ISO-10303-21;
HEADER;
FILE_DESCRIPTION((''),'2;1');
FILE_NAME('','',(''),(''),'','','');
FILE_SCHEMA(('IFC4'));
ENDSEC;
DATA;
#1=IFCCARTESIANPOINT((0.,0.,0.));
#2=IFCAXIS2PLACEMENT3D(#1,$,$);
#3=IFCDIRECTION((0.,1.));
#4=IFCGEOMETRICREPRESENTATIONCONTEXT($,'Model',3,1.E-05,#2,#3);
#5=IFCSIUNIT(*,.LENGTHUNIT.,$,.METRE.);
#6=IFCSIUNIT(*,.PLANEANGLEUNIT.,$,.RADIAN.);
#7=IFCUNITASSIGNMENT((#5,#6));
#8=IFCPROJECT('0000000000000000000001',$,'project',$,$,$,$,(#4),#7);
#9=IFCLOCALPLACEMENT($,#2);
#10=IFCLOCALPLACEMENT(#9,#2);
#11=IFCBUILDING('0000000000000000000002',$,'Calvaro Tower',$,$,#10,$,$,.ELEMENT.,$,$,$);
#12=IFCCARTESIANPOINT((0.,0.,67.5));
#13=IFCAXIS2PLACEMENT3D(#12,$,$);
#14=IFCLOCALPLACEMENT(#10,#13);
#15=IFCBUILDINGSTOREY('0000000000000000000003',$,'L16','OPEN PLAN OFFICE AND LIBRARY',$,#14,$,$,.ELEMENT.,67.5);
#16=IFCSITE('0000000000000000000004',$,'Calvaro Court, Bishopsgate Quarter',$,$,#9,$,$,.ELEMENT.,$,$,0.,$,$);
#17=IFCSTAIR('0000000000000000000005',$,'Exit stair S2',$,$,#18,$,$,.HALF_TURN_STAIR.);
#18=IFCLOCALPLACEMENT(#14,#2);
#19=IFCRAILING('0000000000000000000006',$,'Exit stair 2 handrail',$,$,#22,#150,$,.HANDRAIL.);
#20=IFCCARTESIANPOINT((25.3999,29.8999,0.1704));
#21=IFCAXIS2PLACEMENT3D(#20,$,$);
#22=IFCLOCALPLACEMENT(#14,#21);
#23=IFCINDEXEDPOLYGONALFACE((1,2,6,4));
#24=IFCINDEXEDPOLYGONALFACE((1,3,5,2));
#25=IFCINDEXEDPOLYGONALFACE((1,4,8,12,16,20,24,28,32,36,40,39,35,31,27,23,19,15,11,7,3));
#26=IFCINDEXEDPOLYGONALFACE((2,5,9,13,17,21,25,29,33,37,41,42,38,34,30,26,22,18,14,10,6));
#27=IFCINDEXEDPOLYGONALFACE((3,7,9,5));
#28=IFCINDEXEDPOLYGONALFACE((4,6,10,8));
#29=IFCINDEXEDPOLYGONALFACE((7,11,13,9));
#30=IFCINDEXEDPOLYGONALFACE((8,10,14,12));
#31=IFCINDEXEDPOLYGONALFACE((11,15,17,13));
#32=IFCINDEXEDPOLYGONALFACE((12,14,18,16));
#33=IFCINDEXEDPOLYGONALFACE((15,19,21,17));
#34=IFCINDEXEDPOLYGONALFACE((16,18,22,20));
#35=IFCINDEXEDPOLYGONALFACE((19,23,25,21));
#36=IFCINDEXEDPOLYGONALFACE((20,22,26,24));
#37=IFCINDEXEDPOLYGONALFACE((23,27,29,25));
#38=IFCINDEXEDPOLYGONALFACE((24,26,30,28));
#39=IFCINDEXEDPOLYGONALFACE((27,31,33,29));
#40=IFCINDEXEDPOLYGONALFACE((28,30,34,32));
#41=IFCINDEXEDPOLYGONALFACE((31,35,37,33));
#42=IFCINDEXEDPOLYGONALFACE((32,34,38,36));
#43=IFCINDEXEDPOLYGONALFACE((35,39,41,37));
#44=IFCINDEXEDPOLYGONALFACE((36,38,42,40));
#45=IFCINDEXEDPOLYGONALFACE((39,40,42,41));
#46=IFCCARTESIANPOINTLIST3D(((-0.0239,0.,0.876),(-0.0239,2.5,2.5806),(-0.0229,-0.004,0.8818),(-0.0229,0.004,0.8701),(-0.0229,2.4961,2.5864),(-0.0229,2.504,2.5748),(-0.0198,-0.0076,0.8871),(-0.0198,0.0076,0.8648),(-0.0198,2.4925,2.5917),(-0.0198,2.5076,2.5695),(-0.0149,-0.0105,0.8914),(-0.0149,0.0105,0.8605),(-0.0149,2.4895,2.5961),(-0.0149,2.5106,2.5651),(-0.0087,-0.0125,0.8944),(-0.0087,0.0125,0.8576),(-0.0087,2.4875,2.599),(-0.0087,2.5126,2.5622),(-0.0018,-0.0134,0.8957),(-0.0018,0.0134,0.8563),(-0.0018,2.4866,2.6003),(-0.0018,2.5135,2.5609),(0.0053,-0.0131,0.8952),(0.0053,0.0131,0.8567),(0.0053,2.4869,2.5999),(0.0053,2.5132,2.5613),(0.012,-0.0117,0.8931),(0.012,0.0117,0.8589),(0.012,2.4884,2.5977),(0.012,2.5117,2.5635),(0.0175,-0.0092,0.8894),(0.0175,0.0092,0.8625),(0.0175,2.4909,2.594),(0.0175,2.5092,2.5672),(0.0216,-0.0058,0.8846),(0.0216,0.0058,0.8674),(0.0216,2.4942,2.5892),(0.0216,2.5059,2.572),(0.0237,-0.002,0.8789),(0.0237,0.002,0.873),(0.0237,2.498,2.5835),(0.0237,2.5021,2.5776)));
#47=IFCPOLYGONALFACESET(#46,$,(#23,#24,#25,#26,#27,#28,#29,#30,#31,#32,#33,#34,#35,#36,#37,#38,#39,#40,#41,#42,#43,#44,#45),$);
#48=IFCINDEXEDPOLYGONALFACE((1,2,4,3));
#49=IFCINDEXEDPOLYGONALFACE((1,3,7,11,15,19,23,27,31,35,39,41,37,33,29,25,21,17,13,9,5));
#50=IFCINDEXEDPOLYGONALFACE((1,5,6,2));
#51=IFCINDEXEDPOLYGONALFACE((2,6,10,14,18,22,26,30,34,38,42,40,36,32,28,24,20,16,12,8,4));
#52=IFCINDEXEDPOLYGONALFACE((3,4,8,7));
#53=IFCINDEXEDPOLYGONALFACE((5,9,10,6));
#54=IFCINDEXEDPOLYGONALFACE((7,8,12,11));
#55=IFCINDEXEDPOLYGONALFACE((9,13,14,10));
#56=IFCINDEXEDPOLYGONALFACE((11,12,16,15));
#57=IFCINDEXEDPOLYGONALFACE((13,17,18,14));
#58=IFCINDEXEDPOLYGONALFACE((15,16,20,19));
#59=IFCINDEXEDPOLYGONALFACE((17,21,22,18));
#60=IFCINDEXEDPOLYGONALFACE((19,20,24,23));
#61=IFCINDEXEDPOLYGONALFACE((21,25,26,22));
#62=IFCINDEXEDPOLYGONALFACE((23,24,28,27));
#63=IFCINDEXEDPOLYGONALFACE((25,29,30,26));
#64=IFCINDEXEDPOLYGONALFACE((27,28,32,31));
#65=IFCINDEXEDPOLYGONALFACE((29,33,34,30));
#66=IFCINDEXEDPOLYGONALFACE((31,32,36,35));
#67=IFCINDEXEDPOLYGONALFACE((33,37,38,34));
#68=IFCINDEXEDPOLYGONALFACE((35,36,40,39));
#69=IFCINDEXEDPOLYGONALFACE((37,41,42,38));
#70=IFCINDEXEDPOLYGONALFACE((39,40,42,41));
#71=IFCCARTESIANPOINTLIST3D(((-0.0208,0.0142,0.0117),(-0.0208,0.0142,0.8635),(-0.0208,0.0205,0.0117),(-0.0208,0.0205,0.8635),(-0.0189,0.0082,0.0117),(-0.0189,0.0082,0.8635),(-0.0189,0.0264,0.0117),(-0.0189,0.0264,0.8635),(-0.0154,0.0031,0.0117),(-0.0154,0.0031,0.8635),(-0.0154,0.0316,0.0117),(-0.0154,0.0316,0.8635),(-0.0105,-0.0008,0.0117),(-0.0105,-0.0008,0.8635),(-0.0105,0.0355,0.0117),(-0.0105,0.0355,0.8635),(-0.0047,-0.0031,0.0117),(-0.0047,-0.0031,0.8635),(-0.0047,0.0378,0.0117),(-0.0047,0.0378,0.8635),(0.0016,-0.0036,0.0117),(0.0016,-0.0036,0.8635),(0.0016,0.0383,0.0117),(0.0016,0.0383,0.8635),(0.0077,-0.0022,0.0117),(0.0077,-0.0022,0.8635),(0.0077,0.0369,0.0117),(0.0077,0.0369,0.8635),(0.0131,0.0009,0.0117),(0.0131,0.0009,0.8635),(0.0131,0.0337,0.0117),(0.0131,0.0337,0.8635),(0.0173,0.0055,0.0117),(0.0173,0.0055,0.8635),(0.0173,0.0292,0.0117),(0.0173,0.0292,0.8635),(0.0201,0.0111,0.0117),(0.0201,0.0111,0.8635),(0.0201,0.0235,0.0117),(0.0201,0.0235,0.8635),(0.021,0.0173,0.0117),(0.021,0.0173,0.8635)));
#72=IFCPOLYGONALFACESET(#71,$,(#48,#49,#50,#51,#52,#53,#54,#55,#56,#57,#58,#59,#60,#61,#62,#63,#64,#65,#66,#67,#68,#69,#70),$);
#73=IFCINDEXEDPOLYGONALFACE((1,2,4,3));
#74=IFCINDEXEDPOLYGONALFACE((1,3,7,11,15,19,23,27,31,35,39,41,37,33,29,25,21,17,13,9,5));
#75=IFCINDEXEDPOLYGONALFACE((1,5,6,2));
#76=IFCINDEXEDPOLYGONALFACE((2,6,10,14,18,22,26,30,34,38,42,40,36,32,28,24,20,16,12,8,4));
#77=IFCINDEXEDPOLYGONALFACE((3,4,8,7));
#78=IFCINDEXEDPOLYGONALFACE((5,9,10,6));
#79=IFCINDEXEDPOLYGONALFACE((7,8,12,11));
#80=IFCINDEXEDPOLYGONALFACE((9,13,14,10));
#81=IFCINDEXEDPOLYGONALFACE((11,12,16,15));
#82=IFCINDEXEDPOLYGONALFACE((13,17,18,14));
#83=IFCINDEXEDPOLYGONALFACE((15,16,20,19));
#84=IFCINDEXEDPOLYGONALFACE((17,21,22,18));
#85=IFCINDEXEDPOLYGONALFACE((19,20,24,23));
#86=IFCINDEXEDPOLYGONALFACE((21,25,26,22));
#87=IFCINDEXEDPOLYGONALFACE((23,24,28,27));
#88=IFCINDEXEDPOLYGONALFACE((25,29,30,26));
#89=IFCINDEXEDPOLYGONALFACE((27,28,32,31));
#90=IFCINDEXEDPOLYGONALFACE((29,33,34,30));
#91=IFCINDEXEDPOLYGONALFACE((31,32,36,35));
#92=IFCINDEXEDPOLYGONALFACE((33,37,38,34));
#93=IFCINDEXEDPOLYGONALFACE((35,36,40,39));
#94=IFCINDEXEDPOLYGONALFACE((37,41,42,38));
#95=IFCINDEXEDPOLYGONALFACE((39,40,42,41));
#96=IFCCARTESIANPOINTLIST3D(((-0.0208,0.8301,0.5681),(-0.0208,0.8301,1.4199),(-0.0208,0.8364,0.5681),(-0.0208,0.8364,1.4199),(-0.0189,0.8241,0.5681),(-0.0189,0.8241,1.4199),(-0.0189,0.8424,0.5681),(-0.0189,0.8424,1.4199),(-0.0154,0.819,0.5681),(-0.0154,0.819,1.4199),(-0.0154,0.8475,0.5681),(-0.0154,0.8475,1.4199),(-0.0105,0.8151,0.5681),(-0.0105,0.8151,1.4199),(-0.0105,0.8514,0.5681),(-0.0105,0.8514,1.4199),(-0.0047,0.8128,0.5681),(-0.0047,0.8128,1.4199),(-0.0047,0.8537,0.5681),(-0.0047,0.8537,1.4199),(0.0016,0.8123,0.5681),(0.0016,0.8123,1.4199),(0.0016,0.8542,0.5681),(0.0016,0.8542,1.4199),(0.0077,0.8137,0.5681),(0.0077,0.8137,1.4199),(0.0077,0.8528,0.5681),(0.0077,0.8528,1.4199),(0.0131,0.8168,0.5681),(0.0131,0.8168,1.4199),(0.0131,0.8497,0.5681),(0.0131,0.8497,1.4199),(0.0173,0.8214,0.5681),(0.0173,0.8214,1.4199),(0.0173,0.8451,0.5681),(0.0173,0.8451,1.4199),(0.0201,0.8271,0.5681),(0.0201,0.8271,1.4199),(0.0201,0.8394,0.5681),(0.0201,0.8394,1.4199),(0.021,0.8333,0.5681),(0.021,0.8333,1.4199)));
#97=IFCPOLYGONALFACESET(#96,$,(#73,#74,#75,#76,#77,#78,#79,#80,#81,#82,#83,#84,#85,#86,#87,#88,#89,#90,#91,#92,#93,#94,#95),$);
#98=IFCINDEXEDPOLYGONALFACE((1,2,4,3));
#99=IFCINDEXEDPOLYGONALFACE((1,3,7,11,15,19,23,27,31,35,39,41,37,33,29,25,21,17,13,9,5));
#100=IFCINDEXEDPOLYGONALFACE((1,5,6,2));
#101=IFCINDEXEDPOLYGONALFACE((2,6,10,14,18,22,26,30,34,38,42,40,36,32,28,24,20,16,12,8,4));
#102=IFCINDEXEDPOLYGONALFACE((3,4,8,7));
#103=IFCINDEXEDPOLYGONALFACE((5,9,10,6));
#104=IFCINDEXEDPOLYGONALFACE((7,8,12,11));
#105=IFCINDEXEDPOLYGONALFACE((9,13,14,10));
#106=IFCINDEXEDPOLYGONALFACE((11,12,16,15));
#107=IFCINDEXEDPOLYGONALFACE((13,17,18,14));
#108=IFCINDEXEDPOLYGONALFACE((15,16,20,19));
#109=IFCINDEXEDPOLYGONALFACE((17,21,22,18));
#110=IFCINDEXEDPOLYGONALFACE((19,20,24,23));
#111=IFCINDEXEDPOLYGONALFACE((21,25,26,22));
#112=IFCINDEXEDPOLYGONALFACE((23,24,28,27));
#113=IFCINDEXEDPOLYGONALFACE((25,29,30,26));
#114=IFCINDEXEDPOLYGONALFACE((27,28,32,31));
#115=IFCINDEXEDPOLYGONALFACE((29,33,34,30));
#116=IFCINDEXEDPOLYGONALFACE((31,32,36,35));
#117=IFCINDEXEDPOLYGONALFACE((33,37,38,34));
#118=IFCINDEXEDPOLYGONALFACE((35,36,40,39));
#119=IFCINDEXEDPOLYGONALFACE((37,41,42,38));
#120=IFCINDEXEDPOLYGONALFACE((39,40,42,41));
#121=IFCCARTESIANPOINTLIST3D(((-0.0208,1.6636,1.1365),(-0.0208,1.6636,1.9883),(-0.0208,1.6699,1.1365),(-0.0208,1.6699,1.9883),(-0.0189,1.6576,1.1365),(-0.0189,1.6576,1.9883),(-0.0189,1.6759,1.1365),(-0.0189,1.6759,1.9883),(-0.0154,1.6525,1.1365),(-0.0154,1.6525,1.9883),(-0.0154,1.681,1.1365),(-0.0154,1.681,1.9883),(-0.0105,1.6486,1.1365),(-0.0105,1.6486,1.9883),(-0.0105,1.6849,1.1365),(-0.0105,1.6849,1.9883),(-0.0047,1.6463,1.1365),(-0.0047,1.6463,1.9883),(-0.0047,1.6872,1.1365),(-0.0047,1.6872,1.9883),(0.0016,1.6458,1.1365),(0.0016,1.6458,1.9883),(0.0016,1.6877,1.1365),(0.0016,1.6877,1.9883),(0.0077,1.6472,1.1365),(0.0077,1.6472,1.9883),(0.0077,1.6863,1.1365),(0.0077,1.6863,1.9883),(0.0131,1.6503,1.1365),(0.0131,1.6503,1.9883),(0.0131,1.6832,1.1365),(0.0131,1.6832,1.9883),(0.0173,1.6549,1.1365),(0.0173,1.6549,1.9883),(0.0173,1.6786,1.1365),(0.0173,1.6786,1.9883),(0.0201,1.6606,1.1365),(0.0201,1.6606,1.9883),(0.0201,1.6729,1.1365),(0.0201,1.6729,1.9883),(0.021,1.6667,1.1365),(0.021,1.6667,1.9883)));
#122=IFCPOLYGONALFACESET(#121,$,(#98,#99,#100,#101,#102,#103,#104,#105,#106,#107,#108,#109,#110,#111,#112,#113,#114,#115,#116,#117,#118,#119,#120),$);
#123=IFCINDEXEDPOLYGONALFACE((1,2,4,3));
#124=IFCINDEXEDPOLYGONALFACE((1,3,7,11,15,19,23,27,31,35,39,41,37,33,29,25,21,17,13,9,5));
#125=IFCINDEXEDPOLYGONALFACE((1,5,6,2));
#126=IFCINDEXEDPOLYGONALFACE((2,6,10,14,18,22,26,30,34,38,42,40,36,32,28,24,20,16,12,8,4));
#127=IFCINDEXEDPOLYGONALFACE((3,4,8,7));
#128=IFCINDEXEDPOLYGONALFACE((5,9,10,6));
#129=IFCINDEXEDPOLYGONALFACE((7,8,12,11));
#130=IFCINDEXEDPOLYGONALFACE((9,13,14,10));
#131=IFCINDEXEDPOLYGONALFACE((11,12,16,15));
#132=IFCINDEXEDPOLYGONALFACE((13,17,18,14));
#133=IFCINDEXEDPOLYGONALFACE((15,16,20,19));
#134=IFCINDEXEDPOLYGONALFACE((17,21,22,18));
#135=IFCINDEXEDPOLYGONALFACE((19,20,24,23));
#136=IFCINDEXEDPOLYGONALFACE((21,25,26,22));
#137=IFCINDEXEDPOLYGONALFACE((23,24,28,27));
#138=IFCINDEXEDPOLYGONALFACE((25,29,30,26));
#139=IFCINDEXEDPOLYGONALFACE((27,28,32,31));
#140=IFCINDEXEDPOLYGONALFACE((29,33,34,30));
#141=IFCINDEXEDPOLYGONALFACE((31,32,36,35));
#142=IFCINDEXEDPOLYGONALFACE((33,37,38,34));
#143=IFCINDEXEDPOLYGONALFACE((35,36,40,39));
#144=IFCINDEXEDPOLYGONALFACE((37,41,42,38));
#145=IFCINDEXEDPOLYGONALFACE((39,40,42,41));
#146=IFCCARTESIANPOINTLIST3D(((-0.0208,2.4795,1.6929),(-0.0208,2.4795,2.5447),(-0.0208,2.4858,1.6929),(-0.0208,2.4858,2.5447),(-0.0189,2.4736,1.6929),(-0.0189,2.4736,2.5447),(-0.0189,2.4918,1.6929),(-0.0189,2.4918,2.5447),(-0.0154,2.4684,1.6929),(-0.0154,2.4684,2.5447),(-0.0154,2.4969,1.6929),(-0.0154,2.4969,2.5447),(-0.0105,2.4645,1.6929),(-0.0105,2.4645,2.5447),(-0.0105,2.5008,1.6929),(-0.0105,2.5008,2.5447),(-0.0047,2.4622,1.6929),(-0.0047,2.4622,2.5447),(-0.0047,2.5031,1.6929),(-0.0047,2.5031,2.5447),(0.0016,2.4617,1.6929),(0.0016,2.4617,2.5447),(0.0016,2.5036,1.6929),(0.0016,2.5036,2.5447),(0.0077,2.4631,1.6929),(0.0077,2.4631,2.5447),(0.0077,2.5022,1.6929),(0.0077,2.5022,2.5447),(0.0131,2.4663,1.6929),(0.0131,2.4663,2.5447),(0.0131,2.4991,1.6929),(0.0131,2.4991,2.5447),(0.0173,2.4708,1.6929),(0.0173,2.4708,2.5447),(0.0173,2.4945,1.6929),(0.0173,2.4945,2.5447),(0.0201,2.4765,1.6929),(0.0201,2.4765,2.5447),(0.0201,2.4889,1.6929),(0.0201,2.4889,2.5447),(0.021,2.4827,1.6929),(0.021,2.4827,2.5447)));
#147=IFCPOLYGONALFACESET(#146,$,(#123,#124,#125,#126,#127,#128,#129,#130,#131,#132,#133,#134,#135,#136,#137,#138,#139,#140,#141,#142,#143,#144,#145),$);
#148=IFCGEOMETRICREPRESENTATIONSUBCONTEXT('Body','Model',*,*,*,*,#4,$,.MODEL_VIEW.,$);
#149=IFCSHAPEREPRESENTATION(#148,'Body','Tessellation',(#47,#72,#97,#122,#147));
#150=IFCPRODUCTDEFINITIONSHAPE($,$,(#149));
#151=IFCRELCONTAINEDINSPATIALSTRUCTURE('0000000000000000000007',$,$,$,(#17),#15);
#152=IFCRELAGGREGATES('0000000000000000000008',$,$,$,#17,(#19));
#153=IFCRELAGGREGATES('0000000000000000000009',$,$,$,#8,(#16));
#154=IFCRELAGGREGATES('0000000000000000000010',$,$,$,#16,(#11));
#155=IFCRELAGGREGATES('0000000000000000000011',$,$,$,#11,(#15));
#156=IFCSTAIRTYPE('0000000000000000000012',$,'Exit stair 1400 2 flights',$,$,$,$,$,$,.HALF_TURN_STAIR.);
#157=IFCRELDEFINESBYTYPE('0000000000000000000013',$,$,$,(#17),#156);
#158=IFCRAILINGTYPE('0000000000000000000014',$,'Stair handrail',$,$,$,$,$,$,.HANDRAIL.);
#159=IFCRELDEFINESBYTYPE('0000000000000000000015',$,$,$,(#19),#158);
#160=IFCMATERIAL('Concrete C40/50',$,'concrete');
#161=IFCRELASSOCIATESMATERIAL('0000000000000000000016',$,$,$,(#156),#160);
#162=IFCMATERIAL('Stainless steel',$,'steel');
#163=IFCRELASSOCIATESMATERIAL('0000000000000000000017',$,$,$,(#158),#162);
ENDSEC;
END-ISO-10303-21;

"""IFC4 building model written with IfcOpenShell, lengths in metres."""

from ifc_helpers import new_model, si_unit, direction, frame, origin, origin_2d, place, context, subcontext, project, spatial, circle, extrude, material, type_object, element, aggregate, save


model = new_model("IFC4")

# Units and contexts
model_context = context("Model", 3, precision=1e-05, world=origin(), true_north=direction((0.0, 1.0)))
body_context = subcontext(model_context, "Body", "Model", "MODEL_VIEW")
ifc_project = project(units=[si_unit("LENGTHUNIT", "METRE"), si_unit("PLANEANGLEUNIT", "RADIAN")], contexts=[model_context])

# Site, building, storey
site_placement = place(None, origin())
site = spatial("IfcSite", under=ifc_project, at=site_placement, Name="Calvaro Court, Bishopsgate Quarter", CompositionType="ELEMENT", RefElevation=0.0)
building_placement = place(site_placement, origin())
building = spatial("IfcBuilding", under=site, at=building_placement, Name="Calvaro Tower", CompositionType="ELEMENT")
storey_placement = place(building_placement, frame((0.0, 0.0, 67.5)))
storey = spatial("IfcBuildingStorey", under=building, at=storey_placement, Name="L16", Description="OPEN PLAN OFFICE AND LIBRARY", CompositionType="ELEMENT", Elevation=67.5)

# Stair, railing
ifc_material_1 = material(Name="Concrete C40/50", Category="concrete")
stair_type = type_object("IfcStairType", Name="Exit stair 1400 2 flights", PredefinedType="HALF_TURN_STAIR", material=ifc_material_1)
stair_placement = place(storey_placement, origin())
stair = element("IfcStair", 1, at=stair_placement, inside=storey, type_object=stair_type, Name="Exit stair S2", PredefinedType="HALF_TURN_STAIR")
ifc_material_2 = material(Name="Stainless steel", Category="steel")
railing_type = type_object("IfcRailingType", Name="Stair handrail", PredefinedType="HANDRAIL", material=ifc_material_2)
railing_1_placement = place(storey_placement, frame((25.3999, 29.8999, 0.1704)))
railing_1 = element("IfcRailing", 2, at=railing_1_placement, type_object=railing_type, Name="Exit stair 2 handrail", PredefinedType="HANDRAIL", context=body_context, shape_type="SweptSolid", body=[
    extrude(circle(Radius=0.0239, at=origin_2d()), frame((0.0, 0.0, 0.876), z_axis=(0.0, 0.826221, 0.563347), x_axis=(-1.0, 0.0, 0.0)), (0.0, 0.0, 1.0), 3.0259),
    extrude(circle(Radius=0.021, at=origin_2d()), frame((0.0, 0.0173, 0.0117)), (0.0, 0.0, 1.0), 0.8518),
    extrude(circle(Radius=0.021, at=origin_2d()), frame((0.0, 0.8333, 0.5681)), (0.0, 0.0, 1.0), 0.8518),
    extrude(circle(Radius=0.021, at=origin_2d()), frame((0.0, 1.6667, 1.1365)), (0.0, 0.0, 1.0), 0.8518),
    extrude(circle(Radius=0.021, at=origin_2d()), frame((0.0, 2.4827, 1.6929)), (0.0, 0.0, 1.0), 0.8518),
])
aggregate(stair, [railing_1])

save(model, "model.ifc")
